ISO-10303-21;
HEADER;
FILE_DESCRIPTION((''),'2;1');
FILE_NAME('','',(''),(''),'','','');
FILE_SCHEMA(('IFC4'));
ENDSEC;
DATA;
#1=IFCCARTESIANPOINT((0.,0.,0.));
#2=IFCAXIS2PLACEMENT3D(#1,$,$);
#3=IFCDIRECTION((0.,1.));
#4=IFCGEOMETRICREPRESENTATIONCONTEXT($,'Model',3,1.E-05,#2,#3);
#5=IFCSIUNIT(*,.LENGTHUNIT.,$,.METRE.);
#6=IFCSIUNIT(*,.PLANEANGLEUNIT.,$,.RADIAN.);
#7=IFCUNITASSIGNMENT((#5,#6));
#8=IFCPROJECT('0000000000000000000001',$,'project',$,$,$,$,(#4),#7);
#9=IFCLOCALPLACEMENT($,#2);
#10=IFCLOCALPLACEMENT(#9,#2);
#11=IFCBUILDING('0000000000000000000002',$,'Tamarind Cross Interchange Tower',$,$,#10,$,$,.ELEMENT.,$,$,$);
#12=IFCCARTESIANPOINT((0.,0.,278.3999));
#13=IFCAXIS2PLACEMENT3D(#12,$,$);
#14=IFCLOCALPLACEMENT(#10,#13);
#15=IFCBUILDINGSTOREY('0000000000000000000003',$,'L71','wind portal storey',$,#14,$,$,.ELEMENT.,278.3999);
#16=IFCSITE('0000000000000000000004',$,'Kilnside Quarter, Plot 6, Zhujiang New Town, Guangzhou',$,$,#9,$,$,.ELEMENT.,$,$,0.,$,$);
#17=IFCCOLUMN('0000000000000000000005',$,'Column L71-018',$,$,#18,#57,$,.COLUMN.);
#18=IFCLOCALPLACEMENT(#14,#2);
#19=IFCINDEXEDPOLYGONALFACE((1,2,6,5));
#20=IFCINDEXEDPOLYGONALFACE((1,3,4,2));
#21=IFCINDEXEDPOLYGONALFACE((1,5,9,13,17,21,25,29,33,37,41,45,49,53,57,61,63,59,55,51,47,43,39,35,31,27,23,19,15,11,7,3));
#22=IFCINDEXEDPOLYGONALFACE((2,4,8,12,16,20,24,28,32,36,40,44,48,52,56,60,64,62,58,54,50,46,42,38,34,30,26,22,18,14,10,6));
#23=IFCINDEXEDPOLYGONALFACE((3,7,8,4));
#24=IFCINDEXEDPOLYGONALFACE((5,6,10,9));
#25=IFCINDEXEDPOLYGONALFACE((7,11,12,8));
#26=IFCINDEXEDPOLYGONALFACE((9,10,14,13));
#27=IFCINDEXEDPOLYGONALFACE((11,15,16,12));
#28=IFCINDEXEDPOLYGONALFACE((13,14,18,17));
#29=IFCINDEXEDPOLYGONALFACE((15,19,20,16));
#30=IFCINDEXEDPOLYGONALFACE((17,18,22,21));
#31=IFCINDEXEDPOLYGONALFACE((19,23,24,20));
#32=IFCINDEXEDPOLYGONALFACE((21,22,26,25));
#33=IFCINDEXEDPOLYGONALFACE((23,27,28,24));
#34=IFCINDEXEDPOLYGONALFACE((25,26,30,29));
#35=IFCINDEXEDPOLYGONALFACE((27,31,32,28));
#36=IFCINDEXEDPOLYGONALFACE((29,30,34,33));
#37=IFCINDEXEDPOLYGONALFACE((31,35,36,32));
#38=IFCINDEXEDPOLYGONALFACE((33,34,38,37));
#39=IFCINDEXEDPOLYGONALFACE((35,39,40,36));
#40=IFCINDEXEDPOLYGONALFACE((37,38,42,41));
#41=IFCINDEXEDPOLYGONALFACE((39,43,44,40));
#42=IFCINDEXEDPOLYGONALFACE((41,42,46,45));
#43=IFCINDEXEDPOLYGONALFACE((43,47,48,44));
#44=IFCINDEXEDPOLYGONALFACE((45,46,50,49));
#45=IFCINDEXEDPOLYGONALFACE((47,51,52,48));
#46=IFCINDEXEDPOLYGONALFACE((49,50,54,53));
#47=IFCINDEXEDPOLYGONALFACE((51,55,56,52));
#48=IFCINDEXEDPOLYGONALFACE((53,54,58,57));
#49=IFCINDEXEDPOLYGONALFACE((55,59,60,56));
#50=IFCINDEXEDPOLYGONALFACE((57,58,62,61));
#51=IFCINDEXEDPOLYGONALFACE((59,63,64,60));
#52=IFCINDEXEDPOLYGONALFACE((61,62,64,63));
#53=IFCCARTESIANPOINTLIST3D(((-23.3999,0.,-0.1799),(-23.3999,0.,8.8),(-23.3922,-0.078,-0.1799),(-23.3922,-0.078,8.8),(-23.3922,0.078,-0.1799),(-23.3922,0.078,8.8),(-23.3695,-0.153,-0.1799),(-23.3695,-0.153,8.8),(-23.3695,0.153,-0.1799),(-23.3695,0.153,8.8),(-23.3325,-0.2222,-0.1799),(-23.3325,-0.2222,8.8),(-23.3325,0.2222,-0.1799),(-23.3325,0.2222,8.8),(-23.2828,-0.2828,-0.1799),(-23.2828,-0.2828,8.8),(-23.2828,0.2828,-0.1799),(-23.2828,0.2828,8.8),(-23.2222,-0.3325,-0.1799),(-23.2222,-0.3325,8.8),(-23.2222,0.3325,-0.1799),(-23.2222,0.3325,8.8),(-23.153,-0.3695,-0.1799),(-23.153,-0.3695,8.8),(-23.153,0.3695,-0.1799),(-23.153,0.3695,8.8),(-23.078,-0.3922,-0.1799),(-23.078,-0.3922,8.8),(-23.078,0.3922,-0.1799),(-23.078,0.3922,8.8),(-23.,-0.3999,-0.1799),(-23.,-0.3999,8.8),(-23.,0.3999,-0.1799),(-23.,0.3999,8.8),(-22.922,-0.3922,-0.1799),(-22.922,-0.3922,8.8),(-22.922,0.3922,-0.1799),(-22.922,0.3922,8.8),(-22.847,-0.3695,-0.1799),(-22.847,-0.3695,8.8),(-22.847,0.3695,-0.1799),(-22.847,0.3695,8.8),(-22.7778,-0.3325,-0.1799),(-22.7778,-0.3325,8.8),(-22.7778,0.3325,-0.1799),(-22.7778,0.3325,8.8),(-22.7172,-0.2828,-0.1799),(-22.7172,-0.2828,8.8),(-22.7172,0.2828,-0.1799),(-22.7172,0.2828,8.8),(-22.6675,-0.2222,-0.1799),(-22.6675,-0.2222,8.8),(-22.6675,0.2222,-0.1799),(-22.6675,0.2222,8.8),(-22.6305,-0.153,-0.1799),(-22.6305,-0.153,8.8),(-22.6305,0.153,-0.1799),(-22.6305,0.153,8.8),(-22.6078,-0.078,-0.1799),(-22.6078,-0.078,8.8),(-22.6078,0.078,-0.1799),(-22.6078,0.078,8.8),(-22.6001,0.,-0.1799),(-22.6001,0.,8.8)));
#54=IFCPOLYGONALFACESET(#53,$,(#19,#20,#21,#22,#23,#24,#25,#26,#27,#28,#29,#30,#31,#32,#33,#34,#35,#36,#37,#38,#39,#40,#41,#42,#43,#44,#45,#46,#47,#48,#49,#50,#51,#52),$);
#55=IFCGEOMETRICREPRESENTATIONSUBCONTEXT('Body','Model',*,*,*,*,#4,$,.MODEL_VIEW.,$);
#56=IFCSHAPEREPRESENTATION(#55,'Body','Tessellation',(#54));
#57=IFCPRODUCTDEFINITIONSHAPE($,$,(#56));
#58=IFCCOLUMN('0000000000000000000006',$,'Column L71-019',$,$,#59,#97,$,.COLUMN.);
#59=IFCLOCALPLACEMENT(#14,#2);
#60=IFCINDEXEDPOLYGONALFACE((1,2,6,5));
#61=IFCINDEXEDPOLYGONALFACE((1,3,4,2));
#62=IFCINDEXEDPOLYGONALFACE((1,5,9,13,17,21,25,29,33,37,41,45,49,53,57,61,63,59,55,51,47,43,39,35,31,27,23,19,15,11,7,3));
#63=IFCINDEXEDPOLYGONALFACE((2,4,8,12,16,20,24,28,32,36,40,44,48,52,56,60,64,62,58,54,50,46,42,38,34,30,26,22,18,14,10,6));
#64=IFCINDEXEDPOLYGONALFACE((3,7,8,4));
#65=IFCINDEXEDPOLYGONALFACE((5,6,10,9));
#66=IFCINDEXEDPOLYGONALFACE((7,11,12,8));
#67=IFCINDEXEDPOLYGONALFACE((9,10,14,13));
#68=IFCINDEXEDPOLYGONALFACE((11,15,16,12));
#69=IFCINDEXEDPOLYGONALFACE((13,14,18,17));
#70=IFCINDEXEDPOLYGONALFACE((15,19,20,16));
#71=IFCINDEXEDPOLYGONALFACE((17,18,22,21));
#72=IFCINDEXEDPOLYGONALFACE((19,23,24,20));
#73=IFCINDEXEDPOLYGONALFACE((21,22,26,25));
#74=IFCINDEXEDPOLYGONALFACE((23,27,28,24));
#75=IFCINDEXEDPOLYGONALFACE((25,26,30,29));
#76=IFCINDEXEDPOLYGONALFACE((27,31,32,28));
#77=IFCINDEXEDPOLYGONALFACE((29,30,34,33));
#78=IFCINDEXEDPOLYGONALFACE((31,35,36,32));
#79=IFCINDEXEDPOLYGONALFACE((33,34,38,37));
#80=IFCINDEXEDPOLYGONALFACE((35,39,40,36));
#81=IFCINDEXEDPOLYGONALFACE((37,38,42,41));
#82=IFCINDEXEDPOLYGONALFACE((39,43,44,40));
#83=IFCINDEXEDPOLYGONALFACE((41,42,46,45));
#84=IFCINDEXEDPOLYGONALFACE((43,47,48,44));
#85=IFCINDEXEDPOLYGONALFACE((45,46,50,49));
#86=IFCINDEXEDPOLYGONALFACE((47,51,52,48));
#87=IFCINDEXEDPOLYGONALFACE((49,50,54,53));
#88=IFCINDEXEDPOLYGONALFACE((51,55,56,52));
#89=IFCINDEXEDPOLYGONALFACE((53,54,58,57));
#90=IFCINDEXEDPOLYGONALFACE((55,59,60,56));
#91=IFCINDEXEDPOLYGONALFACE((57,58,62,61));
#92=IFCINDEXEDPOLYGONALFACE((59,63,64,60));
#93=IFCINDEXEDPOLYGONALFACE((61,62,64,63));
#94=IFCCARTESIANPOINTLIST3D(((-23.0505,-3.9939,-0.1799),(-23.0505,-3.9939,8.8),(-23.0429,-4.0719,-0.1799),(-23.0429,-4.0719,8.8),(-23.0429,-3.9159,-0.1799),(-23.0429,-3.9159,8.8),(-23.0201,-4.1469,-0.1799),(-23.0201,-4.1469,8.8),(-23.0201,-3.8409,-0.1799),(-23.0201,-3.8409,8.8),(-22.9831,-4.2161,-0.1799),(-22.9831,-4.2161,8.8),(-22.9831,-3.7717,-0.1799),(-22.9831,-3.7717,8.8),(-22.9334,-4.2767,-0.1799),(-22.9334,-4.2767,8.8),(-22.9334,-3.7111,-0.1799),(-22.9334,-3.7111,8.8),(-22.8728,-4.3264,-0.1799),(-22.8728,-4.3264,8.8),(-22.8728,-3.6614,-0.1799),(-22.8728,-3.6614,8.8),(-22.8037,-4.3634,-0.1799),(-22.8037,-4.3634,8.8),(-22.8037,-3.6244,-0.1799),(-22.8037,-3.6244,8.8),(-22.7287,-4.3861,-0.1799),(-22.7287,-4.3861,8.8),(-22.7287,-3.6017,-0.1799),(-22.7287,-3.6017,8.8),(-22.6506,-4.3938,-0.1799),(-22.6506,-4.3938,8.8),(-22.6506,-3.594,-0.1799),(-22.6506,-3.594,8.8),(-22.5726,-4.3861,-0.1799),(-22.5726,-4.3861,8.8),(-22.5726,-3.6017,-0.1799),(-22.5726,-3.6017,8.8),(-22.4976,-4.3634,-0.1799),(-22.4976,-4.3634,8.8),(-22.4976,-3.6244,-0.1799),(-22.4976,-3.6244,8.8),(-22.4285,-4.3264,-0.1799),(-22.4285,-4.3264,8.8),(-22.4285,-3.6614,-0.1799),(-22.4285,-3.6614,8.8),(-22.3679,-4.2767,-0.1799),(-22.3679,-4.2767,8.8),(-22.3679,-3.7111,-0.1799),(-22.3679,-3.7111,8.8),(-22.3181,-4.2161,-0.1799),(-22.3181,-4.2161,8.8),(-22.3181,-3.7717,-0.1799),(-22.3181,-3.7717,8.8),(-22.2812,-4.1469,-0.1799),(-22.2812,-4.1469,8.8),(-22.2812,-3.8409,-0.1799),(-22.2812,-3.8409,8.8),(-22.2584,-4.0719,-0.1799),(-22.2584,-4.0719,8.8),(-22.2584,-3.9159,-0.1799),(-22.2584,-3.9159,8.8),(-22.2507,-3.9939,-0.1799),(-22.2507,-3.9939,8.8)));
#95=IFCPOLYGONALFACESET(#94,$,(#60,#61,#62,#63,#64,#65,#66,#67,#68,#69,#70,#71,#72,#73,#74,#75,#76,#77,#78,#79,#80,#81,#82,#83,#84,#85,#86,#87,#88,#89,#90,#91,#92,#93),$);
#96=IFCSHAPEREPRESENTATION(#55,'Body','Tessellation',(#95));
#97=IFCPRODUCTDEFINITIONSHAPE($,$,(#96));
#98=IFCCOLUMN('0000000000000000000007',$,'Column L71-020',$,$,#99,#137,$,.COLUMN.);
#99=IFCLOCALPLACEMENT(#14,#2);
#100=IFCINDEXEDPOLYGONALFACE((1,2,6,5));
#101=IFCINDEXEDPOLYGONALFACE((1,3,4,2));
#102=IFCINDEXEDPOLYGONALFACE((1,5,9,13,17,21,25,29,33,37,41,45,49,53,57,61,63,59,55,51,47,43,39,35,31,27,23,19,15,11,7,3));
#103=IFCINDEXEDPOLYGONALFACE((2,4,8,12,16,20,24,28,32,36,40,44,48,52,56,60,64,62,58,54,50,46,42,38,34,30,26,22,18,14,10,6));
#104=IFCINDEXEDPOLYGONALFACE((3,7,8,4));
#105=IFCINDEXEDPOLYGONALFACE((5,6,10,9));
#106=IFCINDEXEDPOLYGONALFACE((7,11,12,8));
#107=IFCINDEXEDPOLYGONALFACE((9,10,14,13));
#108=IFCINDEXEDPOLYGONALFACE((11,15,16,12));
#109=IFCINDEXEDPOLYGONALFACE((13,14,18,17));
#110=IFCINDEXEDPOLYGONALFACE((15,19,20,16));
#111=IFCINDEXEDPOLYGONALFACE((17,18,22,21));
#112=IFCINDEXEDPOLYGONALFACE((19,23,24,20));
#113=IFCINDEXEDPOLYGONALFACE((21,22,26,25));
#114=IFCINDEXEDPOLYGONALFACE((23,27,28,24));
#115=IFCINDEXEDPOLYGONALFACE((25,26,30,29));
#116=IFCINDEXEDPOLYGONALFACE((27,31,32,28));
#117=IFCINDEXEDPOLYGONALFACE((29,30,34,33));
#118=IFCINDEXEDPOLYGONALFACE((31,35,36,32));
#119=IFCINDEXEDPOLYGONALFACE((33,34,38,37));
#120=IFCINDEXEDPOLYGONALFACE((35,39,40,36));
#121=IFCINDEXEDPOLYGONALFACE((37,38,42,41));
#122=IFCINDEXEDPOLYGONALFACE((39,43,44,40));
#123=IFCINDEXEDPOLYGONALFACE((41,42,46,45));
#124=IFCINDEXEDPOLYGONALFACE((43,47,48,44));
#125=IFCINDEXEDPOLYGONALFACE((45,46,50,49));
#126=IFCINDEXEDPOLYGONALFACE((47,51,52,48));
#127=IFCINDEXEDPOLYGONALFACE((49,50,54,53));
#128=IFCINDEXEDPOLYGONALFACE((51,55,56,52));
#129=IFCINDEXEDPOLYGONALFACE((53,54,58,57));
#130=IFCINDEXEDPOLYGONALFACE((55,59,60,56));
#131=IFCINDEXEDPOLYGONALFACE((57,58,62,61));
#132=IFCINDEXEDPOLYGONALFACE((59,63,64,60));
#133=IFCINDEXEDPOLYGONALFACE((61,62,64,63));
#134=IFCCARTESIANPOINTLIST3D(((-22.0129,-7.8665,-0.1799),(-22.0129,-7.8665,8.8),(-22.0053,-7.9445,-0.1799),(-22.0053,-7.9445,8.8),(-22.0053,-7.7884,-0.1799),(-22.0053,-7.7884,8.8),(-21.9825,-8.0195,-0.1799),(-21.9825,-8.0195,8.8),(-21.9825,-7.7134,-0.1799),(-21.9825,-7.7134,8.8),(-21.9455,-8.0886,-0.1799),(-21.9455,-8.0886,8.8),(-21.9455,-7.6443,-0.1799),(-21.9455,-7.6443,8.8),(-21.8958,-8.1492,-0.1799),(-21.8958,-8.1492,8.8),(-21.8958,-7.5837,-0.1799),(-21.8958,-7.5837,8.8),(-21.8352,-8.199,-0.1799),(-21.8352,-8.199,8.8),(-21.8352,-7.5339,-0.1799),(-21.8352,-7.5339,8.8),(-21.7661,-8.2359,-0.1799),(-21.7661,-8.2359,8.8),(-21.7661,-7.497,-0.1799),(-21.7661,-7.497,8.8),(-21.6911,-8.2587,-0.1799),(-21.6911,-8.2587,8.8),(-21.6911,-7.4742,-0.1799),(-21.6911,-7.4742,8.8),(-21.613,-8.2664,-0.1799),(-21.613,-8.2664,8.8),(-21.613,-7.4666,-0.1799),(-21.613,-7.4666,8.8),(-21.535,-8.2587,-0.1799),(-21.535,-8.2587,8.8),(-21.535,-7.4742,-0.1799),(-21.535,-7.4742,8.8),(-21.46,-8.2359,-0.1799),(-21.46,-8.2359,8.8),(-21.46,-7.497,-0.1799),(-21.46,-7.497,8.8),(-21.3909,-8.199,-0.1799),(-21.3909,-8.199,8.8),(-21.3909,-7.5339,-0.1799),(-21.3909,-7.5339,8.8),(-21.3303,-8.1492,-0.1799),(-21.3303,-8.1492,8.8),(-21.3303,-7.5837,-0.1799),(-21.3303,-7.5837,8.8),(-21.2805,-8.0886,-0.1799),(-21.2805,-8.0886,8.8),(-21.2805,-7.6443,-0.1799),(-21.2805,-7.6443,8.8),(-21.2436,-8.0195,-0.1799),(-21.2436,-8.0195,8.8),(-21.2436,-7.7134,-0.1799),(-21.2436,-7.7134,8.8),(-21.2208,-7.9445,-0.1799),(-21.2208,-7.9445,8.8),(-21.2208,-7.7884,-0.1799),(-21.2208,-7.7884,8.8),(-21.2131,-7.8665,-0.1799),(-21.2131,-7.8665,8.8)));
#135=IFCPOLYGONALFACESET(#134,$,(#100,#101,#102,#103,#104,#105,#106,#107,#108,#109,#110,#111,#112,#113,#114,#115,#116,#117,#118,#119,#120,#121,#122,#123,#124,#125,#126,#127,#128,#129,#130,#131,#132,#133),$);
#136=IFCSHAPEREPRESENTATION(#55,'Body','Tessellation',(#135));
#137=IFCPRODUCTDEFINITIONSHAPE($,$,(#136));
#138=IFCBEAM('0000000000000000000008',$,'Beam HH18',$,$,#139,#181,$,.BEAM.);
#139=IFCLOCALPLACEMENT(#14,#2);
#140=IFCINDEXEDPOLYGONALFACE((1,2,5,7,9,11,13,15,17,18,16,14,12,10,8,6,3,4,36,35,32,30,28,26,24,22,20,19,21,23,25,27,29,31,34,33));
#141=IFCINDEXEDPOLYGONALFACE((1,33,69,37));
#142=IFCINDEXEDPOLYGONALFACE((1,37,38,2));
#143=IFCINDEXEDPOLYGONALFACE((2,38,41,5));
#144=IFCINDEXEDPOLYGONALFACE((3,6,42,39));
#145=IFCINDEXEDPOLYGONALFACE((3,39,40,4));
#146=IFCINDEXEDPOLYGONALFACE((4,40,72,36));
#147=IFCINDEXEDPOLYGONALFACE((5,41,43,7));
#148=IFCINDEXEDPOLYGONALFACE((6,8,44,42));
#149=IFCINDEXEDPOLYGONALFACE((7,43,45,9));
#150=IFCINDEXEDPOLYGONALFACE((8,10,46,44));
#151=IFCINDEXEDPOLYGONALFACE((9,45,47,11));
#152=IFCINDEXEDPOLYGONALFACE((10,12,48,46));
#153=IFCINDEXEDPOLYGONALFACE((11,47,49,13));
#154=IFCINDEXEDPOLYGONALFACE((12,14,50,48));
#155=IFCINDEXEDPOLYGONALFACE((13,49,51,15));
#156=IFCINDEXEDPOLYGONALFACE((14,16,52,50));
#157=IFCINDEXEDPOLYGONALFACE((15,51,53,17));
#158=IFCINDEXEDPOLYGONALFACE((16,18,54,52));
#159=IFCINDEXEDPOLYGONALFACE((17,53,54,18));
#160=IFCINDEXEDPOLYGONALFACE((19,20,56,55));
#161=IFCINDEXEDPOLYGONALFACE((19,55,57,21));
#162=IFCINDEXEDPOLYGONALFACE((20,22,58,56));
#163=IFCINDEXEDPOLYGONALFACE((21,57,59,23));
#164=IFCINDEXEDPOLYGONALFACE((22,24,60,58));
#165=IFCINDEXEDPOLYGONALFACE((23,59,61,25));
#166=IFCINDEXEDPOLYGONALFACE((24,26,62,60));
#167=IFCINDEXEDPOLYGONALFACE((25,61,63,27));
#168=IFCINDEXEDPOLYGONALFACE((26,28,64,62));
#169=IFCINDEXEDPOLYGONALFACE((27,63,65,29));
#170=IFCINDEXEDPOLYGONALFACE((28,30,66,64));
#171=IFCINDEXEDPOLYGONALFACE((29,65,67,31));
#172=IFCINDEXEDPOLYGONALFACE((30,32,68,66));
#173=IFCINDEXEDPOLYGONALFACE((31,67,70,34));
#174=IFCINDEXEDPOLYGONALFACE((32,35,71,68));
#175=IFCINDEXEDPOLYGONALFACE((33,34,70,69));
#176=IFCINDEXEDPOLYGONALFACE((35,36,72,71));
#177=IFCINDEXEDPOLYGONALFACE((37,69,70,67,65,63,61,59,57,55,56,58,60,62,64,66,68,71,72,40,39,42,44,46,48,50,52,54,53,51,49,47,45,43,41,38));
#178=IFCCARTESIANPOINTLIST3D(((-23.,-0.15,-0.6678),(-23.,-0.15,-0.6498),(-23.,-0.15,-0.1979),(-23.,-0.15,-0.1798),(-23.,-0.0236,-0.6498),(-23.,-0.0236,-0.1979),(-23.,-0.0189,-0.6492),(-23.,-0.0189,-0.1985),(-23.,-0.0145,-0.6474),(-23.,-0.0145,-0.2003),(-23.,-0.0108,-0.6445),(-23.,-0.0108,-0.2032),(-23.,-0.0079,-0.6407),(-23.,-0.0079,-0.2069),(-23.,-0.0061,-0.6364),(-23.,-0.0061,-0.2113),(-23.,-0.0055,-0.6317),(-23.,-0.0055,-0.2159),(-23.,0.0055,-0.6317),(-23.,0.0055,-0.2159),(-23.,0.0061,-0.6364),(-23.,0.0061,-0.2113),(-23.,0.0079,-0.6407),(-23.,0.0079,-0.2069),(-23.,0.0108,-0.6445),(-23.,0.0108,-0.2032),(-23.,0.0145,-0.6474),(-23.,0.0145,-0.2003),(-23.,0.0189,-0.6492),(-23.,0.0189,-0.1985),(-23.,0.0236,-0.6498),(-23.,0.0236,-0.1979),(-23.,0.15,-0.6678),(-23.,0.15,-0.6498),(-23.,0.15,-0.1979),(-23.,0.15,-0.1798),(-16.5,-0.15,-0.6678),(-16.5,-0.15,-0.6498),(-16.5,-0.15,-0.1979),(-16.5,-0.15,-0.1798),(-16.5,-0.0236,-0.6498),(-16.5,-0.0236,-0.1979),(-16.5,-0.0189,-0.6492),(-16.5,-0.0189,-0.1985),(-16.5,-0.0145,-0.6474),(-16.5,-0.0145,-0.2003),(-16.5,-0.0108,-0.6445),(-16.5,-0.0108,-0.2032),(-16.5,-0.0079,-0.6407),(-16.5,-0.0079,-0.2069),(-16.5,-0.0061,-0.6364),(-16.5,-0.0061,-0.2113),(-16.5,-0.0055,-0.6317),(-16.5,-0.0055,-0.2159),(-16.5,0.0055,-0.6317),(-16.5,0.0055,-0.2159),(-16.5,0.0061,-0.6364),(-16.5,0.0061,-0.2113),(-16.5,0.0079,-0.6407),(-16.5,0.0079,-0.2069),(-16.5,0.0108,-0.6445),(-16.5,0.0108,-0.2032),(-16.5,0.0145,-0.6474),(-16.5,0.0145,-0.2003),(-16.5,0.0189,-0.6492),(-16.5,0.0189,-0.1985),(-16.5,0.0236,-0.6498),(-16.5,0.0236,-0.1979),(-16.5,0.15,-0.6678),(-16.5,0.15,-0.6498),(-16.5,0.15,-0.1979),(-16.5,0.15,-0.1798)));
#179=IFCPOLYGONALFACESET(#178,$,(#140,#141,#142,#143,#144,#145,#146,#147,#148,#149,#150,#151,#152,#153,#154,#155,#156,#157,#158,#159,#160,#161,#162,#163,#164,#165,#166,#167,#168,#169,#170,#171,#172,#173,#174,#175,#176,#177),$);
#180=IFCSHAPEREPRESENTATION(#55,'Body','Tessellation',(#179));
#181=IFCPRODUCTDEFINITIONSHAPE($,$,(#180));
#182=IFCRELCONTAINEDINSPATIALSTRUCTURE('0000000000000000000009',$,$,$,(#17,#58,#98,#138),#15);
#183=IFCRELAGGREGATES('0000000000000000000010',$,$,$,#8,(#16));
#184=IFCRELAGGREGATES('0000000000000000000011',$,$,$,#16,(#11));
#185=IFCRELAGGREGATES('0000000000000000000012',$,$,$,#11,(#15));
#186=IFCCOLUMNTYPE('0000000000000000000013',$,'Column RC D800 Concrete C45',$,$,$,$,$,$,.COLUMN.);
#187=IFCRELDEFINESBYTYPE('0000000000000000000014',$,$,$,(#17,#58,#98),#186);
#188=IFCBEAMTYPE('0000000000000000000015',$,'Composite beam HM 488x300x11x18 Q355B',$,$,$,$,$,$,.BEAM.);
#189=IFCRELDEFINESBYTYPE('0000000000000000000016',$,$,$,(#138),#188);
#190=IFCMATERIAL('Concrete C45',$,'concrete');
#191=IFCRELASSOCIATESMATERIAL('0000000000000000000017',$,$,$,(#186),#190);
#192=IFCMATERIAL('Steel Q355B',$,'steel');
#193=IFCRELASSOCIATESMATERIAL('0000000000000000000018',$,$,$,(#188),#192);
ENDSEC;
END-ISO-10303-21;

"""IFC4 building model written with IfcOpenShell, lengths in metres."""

from ifc_helpers import new_model, si_unit, direction, frame, origin, origin_2d, place, context, subcontext, project, spatial, circle, i_section, extrude, material, material_profile, profile_set, type_object, element, save


model = new_model("IFC4")

# Units and contexts
model_context = context("Model", 3, precision=1e-05, world=origin(), true_north=direction((0.0, 1.0)))
body_context = subcontext(model_context, "Body", "Model", "MODEL_VIEW")
ifc_project = project(units=[si_unit("LENGTHUNIT", "METRE"), si_unit("PLANEANGLEUNIT", "RADIAN")], contexts=[model_context])

# Site, building, storey
site_placement = place(None, origin())
site = spatial("IfcSite", under=ifc_project, at=site_placement, Name="Kilnside Quarter, Plot 6, Zhujiang New Town, Guangzhou", CompositionType="ELEMENT", RefElevation=0.0)
building_placement = place(site_placement, origin())
building = spatial("IfcBuilding", under=site, at=building_placement, Name="Tamarind Cross Interchange Tower", CompositionType="ELEMENT")
storey_placement = place(building_placement, frame((0.0, 0.0, 278.3999)))
storey = spatial("IfcBuildingStorey", under=building, at=storey_placement, Name="L71", Description="wind portal storey", CompositionType="ELEMENT", Elevation=278.3999)

# Columns
ifc_material_1 = material(Name="Concrete C45", Category="concrete")
ifc_material_profile_1 = material_profile(ifc_material_1, circle(Radius=0.3999, at=origin_2d()), Name="RC D800")
ifc_profile_set_1 = profile_set([ifc_material_profile_1], Name="Concrete C45")
column_type = type_object("IfcColumnType", Name="Column RC D800 Concrete C45", PredefinedType="COLUMN", material=ifc_profile_set_1)
for number, where, z_axis, x_axis, name in (
    (1, (-23.0, 0.0, -0.1799), (0.0, 0.0, 1.0), (1.0, 0.0, 0.0), "Column L71-018"),
    (2, (-22.6506, -3.9939, -0.1799), (0.0, 0.0, 1.0), (1.0, 0.0, 0.0), "Column L71-019"),
    (3, (-21.613, -7.8665, -0.1799), (0.0, 0.0, 1.0), (1.0, 0.0, 0.0), "Column L71-020"),
):
    element("IfcColumn", number, at=place(storey_placement, frame(where, z_axis=z_axis, x_axis=x_axis)), inside=storey, type_object=column_type, Name=name, PredefinedType="COLUMN", context=body_context, shape_type="SweptSolid", body=[
        extrude(circle(Radius=0.3999, at=origin_2d()), origin(), (0.0, 0.0, 1.0), 8.98),
    ])

# Beam
ifc_material_2 = material(Name="Steel Q355B", Category="steel")
ifc_material_profile_2 = material_profile(ifc_material_2, i_section(OverallWidth=0.3, OverallDepth=0.488, WebThickness=0.011, FlangeThickness=0.0181, FilletRadius=0.0181, at=origin_2d()), Name="HM 488x300x11x18")
ifc_profile_set_2 = profile_set([ifc_material_profile_2], Name="Steel Q355B")
beam_type = type_object("IfcBeamType", Name="Composite beam HM 488x300x11x18 Q355B", PredefinedType="BEAM", material=ifc_profile_set_2)
beam_1_placement = place(storey_placement, frame((-23.0, 0.0, -0.4238), z_axis=(1.0, 0.0, 0.0), x_axis=(0.0, 1.0, 0.0)))
element("IfcBeam", 4, at=beam_1_placement, inside=storey, type_object=beam_type, Name="Beam HH18", PredefinedType="BEAM", context=body_context, shape_type="SweptSolid", body=[
    extrude(i_section(OverallWidth=0.3, OverallDepth=0.488, WebThickness=0.011, FlangeThickness=0.0181, FilletRadius=0.0181, at=origin_2d()), origin(), (0.0, 0.0, 1.0), 6.5),
])

save(model, "model.ifc")
